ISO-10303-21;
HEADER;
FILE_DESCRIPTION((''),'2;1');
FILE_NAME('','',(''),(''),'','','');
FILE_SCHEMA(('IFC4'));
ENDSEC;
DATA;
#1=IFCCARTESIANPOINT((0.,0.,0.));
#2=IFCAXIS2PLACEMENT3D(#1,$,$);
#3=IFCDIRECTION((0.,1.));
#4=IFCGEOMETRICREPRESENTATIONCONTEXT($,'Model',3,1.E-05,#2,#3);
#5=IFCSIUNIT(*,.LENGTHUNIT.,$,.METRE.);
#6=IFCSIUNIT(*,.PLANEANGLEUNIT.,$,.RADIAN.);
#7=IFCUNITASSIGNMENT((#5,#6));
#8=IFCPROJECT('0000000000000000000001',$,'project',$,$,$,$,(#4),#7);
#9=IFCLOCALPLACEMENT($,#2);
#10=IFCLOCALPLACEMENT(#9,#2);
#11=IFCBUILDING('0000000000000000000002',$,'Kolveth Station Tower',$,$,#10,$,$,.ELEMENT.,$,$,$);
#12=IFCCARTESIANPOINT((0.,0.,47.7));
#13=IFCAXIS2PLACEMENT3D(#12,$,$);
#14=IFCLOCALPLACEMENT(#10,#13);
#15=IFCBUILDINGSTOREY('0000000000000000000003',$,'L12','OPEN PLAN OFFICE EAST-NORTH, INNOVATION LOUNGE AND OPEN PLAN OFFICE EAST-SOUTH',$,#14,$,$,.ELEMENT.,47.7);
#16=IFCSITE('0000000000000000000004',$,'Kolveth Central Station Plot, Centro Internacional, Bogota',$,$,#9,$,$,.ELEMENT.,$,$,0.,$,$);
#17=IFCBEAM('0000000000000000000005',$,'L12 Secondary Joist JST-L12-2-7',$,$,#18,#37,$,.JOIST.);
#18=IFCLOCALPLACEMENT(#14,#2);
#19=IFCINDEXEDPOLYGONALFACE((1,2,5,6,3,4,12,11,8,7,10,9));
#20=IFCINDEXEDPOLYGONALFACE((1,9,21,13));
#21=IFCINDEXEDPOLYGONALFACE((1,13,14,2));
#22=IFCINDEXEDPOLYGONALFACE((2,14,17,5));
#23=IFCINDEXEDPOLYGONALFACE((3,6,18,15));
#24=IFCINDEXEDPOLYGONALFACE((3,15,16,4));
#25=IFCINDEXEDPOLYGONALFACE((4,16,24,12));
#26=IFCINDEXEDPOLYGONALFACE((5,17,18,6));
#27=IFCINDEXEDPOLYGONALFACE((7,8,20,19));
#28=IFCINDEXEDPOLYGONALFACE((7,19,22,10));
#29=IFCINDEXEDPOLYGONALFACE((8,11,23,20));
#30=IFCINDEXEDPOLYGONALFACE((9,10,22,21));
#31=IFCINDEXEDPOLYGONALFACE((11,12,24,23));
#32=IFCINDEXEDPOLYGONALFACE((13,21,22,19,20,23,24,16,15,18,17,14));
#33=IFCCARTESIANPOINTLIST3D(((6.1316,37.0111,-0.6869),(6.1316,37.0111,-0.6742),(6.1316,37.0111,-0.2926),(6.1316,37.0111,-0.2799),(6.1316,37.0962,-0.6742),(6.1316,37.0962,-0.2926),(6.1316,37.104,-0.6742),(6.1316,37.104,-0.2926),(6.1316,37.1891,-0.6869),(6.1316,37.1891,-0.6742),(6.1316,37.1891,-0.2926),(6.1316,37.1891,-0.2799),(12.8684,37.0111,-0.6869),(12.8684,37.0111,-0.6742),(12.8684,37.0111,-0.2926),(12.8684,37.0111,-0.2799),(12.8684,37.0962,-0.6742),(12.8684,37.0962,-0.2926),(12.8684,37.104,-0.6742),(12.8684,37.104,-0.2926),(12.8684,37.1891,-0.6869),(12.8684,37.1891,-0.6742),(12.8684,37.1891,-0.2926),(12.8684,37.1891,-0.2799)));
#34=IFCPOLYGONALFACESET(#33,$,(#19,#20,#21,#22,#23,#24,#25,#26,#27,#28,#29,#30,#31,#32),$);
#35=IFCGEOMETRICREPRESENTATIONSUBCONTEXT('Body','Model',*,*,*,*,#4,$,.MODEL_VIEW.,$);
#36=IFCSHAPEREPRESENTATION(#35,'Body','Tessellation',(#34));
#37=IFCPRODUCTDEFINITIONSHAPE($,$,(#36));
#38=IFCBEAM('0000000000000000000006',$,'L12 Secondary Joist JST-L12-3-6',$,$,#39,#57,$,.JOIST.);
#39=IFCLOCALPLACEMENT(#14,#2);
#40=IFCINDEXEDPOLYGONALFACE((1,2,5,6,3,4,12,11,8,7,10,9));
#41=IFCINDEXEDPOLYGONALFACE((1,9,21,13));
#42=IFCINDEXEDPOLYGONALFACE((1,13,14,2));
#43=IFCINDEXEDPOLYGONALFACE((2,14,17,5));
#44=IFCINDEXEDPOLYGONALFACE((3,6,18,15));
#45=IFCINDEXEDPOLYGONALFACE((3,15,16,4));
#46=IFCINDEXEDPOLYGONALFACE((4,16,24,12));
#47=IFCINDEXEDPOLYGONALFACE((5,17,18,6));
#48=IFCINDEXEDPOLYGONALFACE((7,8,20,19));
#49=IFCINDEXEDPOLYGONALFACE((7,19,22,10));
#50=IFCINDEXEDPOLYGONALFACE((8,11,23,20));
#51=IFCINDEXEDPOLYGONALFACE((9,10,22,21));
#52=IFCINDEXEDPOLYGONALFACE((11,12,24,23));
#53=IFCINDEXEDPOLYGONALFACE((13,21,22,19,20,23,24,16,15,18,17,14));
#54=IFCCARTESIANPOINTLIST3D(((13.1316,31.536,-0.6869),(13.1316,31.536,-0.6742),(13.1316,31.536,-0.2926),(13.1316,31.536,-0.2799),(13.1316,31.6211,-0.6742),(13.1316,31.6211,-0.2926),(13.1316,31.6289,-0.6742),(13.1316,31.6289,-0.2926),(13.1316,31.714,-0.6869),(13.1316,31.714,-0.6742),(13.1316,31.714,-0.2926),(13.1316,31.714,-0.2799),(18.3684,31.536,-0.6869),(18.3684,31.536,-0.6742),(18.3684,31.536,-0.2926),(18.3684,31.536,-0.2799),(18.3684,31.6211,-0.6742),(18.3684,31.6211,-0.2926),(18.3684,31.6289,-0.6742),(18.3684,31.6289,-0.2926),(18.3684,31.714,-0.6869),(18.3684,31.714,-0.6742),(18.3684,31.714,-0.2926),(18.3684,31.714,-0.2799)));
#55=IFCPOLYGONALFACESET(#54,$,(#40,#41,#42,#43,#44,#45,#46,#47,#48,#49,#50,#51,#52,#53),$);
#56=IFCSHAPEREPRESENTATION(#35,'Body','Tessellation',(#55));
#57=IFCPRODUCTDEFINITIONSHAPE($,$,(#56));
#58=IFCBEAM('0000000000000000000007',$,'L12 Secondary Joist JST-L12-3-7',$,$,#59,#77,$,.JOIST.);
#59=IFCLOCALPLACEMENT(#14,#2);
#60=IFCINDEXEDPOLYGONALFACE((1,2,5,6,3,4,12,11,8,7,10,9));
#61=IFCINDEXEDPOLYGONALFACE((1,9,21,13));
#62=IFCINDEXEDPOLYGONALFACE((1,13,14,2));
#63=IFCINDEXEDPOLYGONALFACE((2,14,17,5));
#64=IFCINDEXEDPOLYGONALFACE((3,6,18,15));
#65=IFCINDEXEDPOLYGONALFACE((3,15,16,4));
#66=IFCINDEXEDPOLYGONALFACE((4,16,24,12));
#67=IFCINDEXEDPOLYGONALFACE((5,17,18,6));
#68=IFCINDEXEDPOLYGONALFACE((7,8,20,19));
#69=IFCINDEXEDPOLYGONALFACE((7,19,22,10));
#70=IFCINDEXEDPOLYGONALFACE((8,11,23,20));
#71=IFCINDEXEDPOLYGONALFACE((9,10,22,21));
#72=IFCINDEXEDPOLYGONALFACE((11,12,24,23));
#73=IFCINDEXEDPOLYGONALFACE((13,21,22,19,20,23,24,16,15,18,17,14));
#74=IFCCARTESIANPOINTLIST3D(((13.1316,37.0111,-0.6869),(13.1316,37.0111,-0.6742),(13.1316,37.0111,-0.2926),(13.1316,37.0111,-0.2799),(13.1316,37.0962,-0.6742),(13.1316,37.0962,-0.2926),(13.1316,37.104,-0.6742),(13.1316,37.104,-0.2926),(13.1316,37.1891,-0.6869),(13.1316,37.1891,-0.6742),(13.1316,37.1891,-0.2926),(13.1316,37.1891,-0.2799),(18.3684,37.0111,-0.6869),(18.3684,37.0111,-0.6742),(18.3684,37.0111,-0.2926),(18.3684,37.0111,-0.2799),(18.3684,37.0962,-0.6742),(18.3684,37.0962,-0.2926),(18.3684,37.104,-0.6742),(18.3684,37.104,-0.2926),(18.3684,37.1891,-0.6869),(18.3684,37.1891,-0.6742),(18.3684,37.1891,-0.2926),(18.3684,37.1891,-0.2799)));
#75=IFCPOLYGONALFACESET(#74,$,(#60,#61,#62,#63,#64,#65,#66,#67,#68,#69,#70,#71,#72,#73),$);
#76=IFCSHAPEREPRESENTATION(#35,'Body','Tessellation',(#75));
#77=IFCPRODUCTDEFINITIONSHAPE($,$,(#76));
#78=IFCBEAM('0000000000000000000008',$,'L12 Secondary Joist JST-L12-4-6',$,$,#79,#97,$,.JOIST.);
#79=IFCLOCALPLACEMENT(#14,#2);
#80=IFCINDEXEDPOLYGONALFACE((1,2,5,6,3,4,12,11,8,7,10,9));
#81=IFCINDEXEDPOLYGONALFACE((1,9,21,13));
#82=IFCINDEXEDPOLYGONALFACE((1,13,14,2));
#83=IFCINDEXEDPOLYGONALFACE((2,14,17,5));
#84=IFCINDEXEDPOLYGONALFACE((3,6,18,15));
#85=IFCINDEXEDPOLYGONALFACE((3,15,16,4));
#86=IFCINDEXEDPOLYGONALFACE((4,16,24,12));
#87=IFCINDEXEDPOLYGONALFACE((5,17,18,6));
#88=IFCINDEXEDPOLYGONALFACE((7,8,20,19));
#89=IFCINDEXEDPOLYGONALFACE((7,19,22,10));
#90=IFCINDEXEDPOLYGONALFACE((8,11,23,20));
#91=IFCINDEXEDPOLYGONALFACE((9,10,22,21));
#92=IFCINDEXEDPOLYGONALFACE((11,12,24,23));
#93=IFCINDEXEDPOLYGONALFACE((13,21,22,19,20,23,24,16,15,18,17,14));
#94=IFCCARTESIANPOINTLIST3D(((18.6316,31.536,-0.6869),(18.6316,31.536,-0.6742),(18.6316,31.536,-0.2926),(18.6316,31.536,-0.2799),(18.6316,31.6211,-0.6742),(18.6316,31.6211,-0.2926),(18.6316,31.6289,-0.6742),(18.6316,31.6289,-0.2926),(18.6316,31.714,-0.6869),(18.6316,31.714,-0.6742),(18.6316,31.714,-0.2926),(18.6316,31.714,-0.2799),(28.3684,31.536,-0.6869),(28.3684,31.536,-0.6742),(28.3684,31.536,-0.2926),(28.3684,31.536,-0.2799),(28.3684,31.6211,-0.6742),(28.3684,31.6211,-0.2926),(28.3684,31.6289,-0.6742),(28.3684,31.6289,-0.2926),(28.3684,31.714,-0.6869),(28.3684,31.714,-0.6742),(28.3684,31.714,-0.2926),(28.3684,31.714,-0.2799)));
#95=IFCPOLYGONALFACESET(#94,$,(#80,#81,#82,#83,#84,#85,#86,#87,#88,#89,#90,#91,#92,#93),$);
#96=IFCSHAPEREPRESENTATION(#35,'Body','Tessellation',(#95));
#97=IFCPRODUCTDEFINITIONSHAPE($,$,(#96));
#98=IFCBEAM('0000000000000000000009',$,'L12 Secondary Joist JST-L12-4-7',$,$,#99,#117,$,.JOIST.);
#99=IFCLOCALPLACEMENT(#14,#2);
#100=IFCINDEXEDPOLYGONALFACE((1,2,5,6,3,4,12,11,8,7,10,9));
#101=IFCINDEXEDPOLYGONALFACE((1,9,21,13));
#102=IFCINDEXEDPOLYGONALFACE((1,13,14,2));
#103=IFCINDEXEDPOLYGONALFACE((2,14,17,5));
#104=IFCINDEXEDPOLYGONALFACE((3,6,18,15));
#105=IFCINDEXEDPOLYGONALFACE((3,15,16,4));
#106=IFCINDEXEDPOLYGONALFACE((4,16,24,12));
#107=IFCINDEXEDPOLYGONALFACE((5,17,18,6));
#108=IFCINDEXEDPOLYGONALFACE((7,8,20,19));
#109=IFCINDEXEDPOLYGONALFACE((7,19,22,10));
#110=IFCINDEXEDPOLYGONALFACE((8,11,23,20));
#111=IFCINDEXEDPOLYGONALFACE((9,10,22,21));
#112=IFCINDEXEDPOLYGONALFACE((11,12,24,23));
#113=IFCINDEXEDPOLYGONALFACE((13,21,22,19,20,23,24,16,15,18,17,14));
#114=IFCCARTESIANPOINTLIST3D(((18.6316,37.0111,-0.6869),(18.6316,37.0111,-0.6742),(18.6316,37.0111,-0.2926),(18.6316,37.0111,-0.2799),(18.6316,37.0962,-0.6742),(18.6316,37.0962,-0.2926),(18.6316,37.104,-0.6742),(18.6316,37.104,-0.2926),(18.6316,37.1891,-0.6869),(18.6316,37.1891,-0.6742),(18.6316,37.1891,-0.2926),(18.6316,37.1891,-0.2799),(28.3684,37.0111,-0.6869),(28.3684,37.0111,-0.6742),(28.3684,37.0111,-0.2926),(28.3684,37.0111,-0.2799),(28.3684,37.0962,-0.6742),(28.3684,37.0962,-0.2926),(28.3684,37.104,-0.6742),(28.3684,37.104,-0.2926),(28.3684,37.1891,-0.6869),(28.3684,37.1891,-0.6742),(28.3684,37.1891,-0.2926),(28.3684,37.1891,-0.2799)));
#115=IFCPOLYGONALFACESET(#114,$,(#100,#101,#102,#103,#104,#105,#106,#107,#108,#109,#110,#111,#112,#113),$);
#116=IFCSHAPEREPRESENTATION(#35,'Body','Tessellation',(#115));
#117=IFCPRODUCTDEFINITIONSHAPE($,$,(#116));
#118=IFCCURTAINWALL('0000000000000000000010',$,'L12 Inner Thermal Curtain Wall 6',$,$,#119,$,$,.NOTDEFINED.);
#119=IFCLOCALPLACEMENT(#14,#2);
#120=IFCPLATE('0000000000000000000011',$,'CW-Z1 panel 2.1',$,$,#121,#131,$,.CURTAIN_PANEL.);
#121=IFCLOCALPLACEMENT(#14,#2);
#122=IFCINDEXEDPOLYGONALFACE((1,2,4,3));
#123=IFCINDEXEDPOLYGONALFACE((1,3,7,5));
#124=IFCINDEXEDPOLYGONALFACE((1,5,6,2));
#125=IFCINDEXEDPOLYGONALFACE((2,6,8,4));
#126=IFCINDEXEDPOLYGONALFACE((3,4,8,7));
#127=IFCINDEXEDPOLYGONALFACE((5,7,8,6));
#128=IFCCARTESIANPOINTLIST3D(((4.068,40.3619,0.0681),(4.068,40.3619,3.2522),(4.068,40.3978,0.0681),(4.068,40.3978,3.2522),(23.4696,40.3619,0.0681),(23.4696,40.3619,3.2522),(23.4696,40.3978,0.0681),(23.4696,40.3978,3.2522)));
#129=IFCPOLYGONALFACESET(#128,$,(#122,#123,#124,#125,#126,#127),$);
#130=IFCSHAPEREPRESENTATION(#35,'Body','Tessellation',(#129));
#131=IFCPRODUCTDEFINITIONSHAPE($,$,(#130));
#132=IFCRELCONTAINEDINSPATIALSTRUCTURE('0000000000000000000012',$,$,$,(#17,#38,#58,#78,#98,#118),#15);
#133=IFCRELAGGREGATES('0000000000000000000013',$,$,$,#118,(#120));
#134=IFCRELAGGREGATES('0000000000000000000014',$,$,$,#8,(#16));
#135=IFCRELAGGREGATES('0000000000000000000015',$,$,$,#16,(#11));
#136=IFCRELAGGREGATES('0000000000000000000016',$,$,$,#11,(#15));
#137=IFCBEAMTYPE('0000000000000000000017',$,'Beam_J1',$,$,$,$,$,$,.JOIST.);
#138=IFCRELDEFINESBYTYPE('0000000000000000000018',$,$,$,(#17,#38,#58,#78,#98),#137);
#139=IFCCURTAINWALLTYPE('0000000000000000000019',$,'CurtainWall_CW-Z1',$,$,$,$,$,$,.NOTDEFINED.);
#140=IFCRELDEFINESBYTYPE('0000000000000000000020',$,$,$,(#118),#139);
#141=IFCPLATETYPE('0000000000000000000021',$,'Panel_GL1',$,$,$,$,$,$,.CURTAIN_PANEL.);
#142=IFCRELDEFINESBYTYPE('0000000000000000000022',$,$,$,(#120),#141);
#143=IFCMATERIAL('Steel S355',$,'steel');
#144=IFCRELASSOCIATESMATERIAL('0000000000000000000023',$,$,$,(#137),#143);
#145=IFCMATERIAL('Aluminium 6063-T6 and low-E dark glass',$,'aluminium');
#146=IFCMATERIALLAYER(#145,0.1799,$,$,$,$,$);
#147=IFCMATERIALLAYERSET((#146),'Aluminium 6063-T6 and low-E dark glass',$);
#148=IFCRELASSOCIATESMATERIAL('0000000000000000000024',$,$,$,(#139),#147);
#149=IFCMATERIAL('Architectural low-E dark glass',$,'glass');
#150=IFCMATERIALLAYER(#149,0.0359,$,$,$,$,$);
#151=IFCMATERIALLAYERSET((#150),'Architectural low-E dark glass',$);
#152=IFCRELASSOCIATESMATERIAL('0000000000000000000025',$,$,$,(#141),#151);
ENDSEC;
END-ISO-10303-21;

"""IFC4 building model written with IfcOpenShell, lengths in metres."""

from ifc_helpers import new_model, si_unit, direction, frame, origin, origin_2d, place, context, subcontext, project, spatial, rectangle, i_section, extrude, source, transform, mapped, material, layer, layer_set, material_profile, profile_set, type_object, element, aggregate, save


model = new_model("IFC4")

# Units and contexts
model_context = context("Model", 3, precision=1e-05, world=origin(), true_north=direction((0.0, 1.0)))
body_context = subcontext(model_context, "Body", "Model", "MODEL_VIEW")
ifc_project = project(units=[si_unit("LENGTHUNIT", "METRE"), si_unit("PLANEANGLEUNIT", "RADIAN")], contexts=[model_context])

# Site, building, storey
site_placement = place(None, origin())
site = spatial("IfcSite", under=ifc_project, at=site_placement, Name="Kolveth Central Station Plot, Centro Internacional, Bogota", CompositionType="ELEMENT", RefElevation=0.0)
building_placement = place(site_placement, origin())
building = spatial("IfcBuilding", under=site, at=building_placement, Name="Kolveth Station Tower", CompositionType="ELEMENT")
storey_placement = place(building_placement, frame((0.0, 0.0, 47.7)))
storey = spatial("IfcBuildingStorey", under=building, at=storey_placement, Name="L12", Description="OPEN PLAN OFFICE EAST-NORTH, INNOVATION LOUNGE AND OPEN PLAN OFFICE EAST-SOUTH", CompositionType="ELEMENT", Elevation=47.7)

# Shared definitions
ifc_material_1 = material(Name="Steel S355", Category="steel")

# Beams
ifc_material_profile_1 = material_profile(ifc_material_1, i_section(OverallWidth=0.178, OverallDepth=0.407, WebThickness=0.0078, FlangeThickness=0.0127, at=origin_2d()), Name="W410x60")
ifc_profile_set_1 = profile_set([ifc_material_profile_1], Name="Steel S355")
beam_type_1 = type_object("IfcBeamType", Name="Beam_J1", PredefinedType="JOIST", material=ifc_profile_set_1)
shared_shape_1 = source(origin(), body_context, "Body", "SweptSolid", [
    extrude(i_section(OverallWidth=0.178, OverallDepth=0.407, WebThickness=0.0078, FlangeThickness=0.0127, at=origin_2d()), origin(), (0.0, 0.0, 1.0), 6.7368),
])
for number, where, z_axis, x_axis, name in (
    (1, (6.1316, 37.1001, -0.4834), (1.0, 0.0, 0.0), (0.0, 1.0, 0.0), "L12 Secondary Joist JST-L12-2-7"),
):
    element("IfcBeam", number, at=place(storey_placement, frame(where, z_axis=z_axis, x_axis=x_axis)), inside=storey, type_object=beam_type_1, Name=name, PredefinedType="JOIST", context=body_context, shape_type="MappedRepresentation", body=[
        mapped(shared_shape_1, transform((0.0, 0.0, 0.0), x_axis=(1.0, 0.0, 0.0), y_axis=(0.0, 1.0, 0.0), z_axis=(0.0, 0.0, 1.0), scale=1.0)),
    ])
shared_shape_2 = source(origin(), body_context, "Body", "SweptSolid", [
    extrude(i_section(OverallWidth=0.178, OverallDepth=0.407, WebThickness=0.0078, FlangeThickness=0.0127, at=origin_2d()), origin(), (0.0, 0.0, 1.0), 5.2368),
])
for number, where, z_axis, x_axis, name in (
    (2, (13.1316, 31.625, -0.4834), (1.0, 0.0, 0.0), (0.0, 1.0, 0.0), "L12 Secondary Joist JST-L12-3-6"),
    (3, (13.1316, 37.1001, -0.4834), (1.0, 0.0, 0.0), (0.0, 1.0, 0.0), "L12 Secondary Joist JST-L12-3-7"),
):
    element("IfcBeam", number, at=place(storey_placement, frame(where, z_axis=z_axis, x_axis=x_axis)), inside=storey, type_object=beam_type_1, Name=name, PredefinedType="JOIST", context=body_context, shape_type="MappedRepresentation", body=[
        mapped(shared_shape_2, transform((0.0, 0.0, 0.0), x_axis=(1.0, 0.0, 0.0), y_axis=(0.0, 1.0, 0.0), z_axis=(0.0, 0.0, 1.0), scale=1.0)),
    ])
shared_shape_3 = source(origin(), body_context, "Body", "SweptSolid", [
    extrude(i_section(OverallWidth=0.178, OverallDepth=0.407, WebThickness=0.0078, FlangeThickness=0.0127, at=origin_2d()), origin(), (0.0, 0.0, 1.0), 9.7368),
])
for number, where, z_axis, x_axis, name in (
    (4, (18.6316, 31.625, -0.4834), (1.0, 0.0, 0.0), (0.0, 1.0, 0.0), "L12 Secondary Joist JST-L12-4-6"),
    (5, (18.6316, 37.1001, -0.4834), (1.0, 0.0, 0.0), (0.0, 1.0, 0.0), "L12 Secondary Joist JST-L12-4-7"),
):
    element("IfcBeam", number, at=place(storey_placement, frame(where, z_axis=z_axis, x_axis=x_axis)), inside=storey, type_object=beam_type_1, Name=name, PredefinedType="JOIST", context=body_context, shape_type="MappedRepresentation", body=[
        mapped(shared_shape_3, transform((0.0, 0.0, 0.0), x_axis=(1.0, 0.0, 0.0), y_axis=(0.0, 1.0, 0.0), z_axis=(0.0, 0.0, 1.0), scale=1.0)),
    ])

# Curtain wall, plate
ifc_material_2 = material(Name="Aluminium 6063-T6 and low-E dark glass", Category="aluminium")
ifc_layer_1 = layer(ifc_material_2, 0.1799)
ifc_layer_set_1 = layer_set([ifc_layer_1], Name="Aluminium 6063-T6 and low-E dark glass")
curtain_wall_type = type_object("IfcCurtainWallType", Name="CurtainWall_CW-Z1", PredefinedType="NOTDEFINED", material=ifc_layer_set_1)
curtain_wall_placement = place(storey_placement, origin())
curtain_wall = element("IfcCurtainWall", 6, at=curtain_wall_placement, inside=storey, type_object=curtain_wall_type, Name="L12 Inner Thermal Curtain Wall 6", PredefinedType="NOTDEFINED")
ifc_material_3 = material(Name="Architectural low-E dark glass", Category="glass")
ifc_layer_2 = layer(ifc_material_3, 0.0359)
ifc_layer_set_2 = layer_set([ifc_layer_2], Name="Architectural low-E dark glass")
plate_type = type_object("IfcPlateType", Name="Panel_GL1", PredefinedType="CURTAIN_PANEL", material=ifc_layer_set_2)
shared_shape_4 = source(origin(), body_context, "Body", "SweptSolid", [
    extrude(rectangle(XDim=19.4016, YDim=0.0359, at=origin_2d()), origin(), (0.0, 0.0, 1.0), 3.1841),
])
plate_placement = place(storey_placement, frame((13.7688, 40.3799, 0.0681), z_axis=(0.0, 0.0, 1.0), x_axis=(-1.0, 0.0, 0.0)))
plate = element("IfcPlate", 7, at=plate_placement, type_object=plate_type, Name="CW-Z1 panel 2.1", PredefinedType="CURTAIN_PANEL", context=body_context, shape_type="MappedRepresentation", body=[
    mapped(shared_shape_4, transform((0.0, 0.0, 0.0), x_axis=(1.0, 0.0, 0.0), y_axis=(0.0, 1.0, 0.0), z_axis=(0.0, 0.0, 1.0), scale=1.0)),
])
aggregate(curtain_wall, [plate])

save(model, "model.ifc")
